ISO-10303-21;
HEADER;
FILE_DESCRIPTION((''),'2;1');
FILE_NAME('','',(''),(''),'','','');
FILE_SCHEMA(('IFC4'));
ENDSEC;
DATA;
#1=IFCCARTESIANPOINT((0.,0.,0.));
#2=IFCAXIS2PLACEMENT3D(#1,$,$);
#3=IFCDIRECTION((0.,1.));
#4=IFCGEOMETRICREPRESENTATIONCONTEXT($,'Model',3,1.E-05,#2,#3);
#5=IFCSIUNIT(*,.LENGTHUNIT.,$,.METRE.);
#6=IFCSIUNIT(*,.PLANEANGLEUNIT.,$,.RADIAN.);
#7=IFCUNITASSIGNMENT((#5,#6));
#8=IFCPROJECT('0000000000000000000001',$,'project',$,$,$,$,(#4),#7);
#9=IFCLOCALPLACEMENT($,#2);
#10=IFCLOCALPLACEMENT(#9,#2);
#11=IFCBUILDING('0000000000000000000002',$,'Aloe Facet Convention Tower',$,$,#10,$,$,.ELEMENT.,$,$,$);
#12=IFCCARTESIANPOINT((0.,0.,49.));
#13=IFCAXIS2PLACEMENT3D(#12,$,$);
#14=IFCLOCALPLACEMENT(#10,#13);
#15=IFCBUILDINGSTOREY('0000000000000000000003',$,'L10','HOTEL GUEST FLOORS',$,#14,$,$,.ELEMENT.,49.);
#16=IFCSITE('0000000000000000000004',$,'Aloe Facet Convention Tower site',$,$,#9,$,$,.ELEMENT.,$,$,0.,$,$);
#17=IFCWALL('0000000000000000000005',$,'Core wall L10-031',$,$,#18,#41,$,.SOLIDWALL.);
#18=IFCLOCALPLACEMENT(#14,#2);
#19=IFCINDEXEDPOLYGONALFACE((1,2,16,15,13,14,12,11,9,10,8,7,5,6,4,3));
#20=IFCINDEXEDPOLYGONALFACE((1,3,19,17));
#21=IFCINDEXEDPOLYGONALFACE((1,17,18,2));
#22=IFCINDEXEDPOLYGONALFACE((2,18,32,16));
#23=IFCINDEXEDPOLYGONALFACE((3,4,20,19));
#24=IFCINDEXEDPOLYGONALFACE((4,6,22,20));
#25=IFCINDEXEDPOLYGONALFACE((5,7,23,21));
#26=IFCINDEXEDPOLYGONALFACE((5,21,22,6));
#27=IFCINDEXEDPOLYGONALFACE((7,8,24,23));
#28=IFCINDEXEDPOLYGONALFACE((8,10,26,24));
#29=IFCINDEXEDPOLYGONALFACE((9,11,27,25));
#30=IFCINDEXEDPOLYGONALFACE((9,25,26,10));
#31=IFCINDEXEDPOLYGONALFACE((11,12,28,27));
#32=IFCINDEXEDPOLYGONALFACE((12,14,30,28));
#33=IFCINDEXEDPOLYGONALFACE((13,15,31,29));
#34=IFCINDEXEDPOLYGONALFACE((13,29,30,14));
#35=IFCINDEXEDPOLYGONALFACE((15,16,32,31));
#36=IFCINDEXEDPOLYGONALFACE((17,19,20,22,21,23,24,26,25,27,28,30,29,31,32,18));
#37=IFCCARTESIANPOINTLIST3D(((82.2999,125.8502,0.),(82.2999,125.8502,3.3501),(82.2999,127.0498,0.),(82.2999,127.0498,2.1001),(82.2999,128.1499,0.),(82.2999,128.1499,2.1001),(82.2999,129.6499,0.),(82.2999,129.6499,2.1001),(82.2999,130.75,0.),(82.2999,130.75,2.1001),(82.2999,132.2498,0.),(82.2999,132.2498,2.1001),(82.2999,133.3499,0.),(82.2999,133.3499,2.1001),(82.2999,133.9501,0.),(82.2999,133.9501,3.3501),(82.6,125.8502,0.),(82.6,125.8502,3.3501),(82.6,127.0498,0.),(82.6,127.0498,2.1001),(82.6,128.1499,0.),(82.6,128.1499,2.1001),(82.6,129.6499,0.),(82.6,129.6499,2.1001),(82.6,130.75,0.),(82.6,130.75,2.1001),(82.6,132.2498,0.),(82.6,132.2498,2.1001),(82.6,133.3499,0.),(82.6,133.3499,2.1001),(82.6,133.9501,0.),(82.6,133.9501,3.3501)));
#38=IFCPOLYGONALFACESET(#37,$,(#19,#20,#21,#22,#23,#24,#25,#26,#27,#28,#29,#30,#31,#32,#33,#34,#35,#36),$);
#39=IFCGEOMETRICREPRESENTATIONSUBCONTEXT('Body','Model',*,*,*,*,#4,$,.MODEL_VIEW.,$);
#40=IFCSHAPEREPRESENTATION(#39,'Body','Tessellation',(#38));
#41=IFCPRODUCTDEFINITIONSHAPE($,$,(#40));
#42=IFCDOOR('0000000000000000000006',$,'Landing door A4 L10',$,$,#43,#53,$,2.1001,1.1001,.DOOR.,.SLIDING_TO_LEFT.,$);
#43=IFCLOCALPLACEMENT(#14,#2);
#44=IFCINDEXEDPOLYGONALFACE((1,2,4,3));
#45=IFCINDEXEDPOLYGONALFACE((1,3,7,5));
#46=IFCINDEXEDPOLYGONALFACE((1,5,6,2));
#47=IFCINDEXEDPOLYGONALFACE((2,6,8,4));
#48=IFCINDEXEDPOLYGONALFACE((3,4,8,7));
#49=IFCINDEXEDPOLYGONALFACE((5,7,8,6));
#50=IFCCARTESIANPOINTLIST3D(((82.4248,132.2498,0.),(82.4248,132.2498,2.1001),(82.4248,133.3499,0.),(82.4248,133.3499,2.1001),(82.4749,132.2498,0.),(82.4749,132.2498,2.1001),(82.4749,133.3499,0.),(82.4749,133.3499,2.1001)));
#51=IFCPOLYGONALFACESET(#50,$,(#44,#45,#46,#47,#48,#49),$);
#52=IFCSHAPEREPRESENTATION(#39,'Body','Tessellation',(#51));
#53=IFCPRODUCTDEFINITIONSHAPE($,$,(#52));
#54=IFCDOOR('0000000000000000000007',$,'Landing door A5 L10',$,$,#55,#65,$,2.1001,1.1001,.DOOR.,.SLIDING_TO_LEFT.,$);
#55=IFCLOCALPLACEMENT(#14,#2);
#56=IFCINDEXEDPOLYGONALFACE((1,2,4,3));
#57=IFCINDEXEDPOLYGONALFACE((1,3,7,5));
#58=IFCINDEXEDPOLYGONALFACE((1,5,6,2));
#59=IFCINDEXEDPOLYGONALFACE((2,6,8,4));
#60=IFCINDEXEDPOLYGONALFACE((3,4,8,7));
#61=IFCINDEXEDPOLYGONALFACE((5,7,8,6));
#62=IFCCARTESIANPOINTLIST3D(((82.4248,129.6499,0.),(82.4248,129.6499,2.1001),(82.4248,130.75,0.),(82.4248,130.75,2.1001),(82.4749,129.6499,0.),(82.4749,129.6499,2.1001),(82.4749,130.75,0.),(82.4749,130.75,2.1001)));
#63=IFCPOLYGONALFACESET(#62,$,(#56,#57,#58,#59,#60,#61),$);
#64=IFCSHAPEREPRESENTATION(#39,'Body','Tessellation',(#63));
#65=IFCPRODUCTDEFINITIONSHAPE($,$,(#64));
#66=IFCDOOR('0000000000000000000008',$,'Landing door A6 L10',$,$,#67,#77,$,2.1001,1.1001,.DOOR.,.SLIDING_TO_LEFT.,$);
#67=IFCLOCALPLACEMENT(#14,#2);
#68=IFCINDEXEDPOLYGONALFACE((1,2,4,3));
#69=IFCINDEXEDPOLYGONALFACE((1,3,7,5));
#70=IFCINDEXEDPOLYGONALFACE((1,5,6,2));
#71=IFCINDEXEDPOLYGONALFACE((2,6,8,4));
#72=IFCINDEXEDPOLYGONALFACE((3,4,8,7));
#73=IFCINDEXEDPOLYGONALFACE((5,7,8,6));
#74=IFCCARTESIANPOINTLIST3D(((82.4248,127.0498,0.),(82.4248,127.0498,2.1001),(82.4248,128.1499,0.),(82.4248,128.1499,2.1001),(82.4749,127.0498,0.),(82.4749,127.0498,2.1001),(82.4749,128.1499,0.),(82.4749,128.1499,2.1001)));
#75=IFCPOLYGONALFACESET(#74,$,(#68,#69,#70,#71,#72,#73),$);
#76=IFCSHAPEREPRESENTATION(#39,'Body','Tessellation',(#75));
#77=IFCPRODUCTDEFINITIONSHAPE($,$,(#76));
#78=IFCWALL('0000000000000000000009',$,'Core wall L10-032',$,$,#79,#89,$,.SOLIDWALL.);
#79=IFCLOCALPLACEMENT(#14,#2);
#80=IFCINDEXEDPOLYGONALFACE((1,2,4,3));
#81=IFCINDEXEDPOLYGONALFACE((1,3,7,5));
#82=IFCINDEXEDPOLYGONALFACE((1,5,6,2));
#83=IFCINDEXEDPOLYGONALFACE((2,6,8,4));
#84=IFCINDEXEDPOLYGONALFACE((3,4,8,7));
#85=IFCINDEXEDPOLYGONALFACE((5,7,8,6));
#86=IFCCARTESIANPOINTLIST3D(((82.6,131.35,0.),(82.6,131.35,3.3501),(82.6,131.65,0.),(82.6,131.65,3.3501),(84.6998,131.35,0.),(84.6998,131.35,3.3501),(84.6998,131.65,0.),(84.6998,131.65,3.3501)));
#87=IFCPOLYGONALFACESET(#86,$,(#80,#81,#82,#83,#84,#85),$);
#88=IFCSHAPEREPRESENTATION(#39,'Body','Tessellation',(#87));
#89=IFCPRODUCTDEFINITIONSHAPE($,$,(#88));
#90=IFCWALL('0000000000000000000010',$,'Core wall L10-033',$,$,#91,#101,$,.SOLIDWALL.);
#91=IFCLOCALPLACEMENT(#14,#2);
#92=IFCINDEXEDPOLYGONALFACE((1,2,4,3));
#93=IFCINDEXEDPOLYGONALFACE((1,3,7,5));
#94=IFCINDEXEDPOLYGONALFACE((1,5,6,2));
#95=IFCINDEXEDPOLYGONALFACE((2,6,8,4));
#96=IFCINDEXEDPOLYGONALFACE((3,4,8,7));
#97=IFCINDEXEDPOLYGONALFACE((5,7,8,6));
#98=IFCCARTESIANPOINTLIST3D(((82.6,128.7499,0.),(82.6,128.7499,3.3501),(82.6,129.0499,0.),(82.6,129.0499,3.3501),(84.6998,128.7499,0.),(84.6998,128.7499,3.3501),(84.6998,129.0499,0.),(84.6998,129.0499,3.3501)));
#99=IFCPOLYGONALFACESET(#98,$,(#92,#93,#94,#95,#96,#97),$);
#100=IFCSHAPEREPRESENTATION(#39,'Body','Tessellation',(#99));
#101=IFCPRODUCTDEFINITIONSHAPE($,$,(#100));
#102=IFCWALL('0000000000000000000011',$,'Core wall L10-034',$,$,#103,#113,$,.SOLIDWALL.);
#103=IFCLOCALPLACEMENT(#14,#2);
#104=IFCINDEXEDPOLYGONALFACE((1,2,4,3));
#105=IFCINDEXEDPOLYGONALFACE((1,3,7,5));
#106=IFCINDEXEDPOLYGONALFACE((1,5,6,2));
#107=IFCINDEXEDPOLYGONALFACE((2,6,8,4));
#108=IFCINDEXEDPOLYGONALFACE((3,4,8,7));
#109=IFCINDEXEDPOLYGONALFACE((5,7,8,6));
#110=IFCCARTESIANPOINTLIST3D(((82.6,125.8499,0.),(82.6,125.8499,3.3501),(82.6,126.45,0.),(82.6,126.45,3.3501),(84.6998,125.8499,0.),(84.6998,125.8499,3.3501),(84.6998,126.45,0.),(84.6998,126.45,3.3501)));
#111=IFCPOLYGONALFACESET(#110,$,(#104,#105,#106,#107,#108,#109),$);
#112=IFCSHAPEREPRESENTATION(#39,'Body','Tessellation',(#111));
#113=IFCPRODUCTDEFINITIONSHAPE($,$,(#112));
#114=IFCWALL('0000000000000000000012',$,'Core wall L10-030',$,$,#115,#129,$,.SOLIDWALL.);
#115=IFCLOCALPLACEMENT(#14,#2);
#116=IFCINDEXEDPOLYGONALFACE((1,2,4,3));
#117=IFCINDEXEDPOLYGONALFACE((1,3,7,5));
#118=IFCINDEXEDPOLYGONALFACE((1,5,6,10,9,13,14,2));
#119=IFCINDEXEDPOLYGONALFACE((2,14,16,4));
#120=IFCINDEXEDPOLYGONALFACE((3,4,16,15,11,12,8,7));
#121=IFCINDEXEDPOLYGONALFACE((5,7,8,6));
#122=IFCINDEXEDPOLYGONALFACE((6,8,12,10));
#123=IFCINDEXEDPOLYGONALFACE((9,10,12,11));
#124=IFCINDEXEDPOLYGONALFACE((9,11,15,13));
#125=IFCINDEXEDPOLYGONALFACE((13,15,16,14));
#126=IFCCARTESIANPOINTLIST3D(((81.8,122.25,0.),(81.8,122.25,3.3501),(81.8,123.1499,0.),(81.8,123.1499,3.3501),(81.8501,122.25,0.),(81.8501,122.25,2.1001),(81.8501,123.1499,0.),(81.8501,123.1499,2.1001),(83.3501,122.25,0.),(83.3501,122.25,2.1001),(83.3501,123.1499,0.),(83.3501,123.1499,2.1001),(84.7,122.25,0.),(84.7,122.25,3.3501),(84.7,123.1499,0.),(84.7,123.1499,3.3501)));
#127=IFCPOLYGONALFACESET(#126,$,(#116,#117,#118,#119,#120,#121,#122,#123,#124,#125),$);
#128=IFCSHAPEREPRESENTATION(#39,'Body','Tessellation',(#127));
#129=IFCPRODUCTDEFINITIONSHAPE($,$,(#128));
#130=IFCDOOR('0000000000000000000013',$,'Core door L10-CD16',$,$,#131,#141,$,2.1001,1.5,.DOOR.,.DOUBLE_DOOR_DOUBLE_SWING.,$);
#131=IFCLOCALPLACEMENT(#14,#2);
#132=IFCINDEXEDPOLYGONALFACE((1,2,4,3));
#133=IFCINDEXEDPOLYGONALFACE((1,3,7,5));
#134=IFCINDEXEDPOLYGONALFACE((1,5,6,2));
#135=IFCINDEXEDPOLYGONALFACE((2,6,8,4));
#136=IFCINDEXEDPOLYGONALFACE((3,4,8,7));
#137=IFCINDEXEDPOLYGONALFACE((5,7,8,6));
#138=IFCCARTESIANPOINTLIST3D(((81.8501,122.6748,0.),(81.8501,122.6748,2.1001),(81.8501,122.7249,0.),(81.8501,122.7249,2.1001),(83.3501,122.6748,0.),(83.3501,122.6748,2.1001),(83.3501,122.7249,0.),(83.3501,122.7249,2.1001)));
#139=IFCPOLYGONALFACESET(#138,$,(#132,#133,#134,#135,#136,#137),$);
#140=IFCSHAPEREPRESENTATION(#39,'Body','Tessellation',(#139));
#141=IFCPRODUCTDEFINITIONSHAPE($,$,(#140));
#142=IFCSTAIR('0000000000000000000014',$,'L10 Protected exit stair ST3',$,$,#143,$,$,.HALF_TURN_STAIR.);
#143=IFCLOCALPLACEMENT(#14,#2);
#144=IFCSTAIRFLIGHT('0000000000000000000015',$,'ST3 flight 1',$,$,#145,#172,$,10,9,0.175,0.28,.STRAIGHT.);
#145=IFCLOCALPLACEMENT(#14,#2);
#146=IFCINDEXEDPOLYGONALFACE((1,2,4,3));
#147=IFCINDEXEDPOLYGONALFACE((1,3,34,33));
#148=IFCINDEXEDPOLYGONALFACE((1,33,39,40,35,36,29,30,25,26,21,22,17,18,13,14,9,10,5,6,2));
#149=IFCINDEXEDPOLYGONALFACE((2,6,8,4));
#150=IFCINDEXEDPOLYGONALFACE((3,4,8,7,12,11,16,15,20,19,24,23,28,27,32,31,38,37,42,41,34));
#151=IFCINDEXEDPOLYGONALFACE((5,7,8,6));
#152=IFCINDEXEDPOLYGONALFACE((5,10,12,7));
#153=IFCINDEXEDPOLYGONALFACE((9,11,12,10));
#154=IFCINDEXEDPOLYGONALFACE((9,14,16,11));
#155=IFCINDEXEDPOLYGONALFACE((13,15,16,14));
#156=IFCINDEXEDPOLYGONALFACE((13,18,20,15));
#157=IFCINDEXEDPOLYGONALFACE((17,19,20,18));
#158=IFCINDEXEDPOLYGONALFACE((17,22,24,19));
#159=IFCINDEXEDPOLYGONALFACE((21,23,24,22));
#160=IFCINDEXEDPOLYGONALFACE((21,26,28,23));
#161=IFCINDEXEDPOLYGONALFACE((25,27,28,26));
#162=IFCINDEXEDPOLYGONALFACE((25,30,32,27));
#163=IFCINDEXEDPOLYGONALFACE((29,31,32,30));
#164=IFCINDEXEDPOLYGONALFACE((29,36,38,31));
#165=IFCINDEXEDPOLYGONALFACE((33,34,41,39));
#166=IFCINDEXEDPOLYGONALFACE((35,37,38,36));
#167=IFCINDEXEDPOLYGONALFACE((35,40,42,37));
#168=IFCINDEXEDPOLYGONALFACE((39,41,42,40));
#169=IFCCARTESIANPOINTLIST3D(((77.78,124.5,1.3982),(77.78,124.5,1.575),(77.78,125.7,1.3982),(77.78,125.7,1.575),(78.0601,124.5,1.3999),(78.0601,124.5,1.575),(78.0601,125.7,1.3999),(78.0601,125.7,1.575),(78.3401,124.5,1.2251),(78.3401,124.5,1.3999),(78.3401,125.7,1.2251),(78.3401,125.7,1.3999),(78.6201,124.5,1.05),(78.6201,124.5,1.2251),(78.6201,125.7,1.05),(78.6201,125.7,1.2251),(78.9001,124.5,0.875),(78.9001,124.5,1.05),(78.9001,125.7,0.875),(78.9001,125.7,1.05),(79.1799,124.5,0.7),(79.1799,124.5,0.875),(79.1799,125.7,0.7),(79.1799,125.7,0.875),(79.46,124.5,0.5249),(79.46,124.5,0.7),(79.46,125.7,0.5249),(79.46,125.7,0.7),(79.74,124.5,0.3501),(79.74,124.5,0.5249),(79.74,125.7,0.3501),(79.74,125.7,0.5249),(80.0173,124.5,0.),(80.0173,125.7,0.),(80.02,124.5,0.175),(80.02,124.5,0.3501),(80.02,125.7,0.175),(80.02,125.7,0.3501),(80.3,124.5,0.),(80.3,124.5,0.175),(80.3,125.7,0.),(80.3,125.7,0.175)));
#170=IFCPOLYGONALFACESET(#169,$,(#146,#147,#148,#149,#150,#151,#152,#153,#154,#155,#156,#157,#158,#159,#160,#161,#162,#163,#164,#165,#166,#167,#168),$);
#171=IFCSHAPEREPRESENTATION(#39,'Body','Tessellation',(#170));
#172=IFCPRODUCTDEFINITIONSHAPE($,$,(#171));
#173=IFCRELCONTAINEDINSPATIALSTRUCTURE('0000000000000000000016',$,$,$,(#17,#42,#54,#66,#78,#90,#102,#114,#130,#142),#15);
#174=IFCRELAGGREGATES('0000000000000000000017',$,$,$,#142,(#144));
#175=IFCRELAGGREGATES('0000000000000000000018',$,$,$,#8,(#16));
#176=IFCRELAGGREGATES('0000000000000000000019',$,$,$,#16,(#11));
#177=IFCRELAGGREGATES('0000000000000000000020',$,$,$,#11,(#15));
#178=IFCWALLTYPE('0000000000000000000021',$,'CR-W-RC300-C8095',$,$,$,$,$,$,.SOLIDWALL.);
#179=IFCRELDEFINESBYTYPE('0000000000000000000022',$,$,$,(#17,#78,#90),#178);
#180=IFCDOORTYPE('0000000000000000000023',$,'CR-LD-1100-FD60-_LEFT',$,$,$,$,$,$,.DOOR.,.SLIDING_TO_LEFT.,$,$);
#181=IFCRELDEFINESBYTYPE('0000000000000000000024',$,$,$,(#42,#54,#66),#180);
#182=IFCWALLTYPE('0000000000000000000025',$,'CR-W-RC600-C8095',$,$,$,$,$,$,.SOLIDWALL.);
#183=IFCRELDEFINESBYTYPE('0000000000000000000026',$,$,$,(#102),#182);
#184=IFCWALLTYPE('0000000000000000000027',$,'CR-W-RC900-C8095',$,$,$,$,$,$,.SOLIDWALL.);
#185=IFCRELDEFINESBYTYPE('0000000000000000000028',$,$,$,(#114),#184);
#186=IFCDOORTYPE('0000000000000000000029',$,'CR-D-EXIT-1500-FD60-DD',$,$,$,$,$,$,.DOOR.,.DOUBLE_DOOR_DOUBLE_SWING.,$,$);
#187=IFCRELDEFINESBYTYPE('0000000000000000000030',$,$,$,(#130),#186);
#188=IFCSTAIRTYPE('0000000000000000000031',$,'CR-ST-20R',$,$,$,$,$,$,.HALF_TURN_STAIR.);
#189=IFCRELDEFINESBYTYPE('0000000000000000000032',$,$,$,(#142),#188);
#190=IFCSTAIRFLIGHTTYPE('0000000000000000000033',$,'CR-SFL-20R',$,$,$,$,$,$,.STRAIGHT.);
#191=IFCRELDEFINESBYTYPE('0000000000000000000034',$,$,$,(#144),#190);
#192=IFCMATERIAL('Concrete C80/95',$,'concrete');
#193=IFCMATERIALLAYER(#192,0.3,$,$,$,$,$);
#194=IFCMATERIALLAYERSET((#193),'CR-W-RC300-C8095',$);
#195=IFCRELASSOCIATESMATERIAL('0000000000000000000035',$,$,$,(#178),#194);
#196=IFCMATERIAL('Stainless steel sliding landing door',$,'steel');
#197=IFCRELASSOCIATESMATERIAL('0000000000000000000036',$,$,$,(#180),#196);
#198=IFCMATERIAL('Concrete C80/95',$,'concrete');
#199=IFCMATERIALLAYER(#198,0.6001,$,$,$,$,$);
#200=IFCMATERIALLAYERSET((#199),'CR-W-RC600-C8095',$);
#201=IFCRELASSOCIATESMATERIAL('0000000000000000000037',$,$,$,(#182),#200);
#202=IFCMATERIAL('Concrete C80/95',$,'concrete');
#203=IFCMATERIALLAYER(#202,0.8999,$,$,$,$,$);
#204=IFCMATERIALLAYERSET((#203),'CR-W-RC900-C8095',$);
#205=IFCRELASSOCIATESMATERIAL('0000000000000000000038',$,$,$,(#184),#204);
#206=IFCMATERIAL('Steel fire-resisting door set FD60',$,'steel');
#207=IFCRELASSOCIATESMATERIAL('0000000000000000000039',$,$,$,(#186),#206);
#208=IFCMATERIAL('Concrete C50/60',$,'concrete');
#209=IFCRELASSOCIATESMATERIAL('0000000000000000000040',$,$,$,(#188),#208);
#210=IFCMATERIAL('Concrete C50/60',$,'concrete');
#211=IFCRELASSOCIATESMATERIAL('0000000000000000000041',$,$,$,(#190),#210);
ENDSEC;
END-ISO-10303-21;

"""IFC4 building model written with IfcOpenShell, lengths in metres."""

from ifc_helpers import new_model, si_unit, direction, frame, frame_2d, origin, place, context, subcontext, project, spatial, polyline, rectangle, outline, extrude, material, layer, layer_set, type_object, element, fill, aggregate, save


model = new_model("IFC4")

# Units and contexts
model_context = context("Model", 3, precision=1e-05, world=origin(), true_north=direction((0.0, 1.0)))
body_context = subcontext(model_context, "Body", "Model", "MODEL_VIEW")
ifc_project = project(units=[si_unit("LENGTHUNIT", "METRE"), si_unit("PLANEANGLEUNIT", "RADIAN")], contexts=[model_context])

# Site, building, storey
site_placement = place(None, origin())
site = spatial("IfcSite", under=ifc_project, at=site_placement, Name="Aloe Facet Convention Tower site", CompositionType="ELEMENT", RefElevation=0.0)
building_placement = place(site_placement, origin())
building = spatial("IfcBuilding", under=site, at=building_placement, Name="Aloe Facet Convention Tower", CompositionType="ELEMENT")
storey_placement = place(building_placement, frame((0.0, 0.0, 49.0)))
storey = spatial("IfcBuildingStorey", under=building, at=storey_placement, Name="L10", Description="HOTEL GUEST FLOORS", CompositionType="ELEMENT", Elevation=49.0)

# Shared definitions
ifc_material_1 = material(Name="Concrete C80/95", Category="concrete")
ifc_layer_1 = layer(ifc_material_1, 0.3)
ifc_layer_set_1 = layer_set([ifc_layer_1], Name="CR-W-RC300-C8095")
wall_type_1 = type_object("IfcWallType", Name="CR-W-RC300-C8095", PredefinedType="SOLIDWALL", material=ifc_layer_set_1)

# Wall, openings, doors
wall_1_placement = place(storey_placement, frame((82.45, 133.95, 0.0), z_axis=(0.0, 0.0, 1.0), x_axis=(0.0, -1.0, 0.0)))
wall_1 = element("IfcWall", 1, at=wall_1_placement, inside=storey, type_object=wall_type_1, Name="Core wall L10-031", PredefinedType="SOLIDWALL", context=body_context, shape_type="SweptSolid", body=[
    extrude(rectangle(XDim=8.0999, YDim=0.3, at=frame_2d((4.0498, 0.0))), origin(), (0.0, 0.0, 1.0), 3.3501),
])
opening_1_placement = place(wall_1_placement, frame((0.6001, 0.0, 0.0)))
opening_1 = element("IfcOpeningElement", 2, at=opening_1_placement, cuts=wall_1, PredefinedType="OPENING", context=body_context, shape_type="SweptSolid", body=[
    extrude(rectangle(XDim=1.1001, YDim=2.1001, at=frame_2d((0.55, 1.05))), frame((0.0, 0.1602, 0.0), z_axis=(0.0, -1.0, 0.0), x_axis=(1.0, 0.0, 0.0)), (0.0, 0.0, 1.0), 0.3201),
])
opening_2_placement = place(wall_1_placement, frame((3.2, 0.0, 0.0)))
opening_2 = element("IfcOpeningElement", 3, at=opening_2_placement, cuts=wall_1, PredefinedType="OPENING", context=body_context, shape_type="SweptSolid", body=[
    extrude(rectangle(XDim=1.1001, YDim=2.1001, at=frame_2d((0.55, 1.05))), frame((0.0, 0.1602, 0.0), z_axis=(0.0, -1.0, 0.0), x_axis=(1.0, 0.0, 0.0)), (0.0, 0.0, 1.0), 0.3201),
])
opening_3_placement = place(wall_1_placement, frame((5.8, 0.0, 0.0)))
opening_3 = element("IfcOpeningElement", 4, at=opening_3_placement, cuts=wall_1, PredefinedType="OPENING", context=body_context, shape_type="SweptSolid", body=[
    extrude(rectangle(XDim=1.1001, YDim=2.1001, at=frame_2d((0.55, 1.05))), frame((0.0, 0.1602, 0.0), z_axis=(0.0, -1.0, 0.0), x_axis=(1.0, 0.0, 0.0)), (0.0, 0.0, 1.0), 0.3201),
])
ifc_material_2 = material(Name="Stainless steel sliding landing door", Category="steel")
door_type_1 = type_object("IfcDoorType", Name="CR-LD-1100-FD60-_LEFT", OperationType="SLIDING_TO_LEFT", PredefinedType="DOOR", material=ifc_material_2)
door_1_placement = place(opening_1_placement, origin())
door_1 = element("IfcDoor", 5, at=door_1_placement, inside=storey, type_object=door_type_1, Name="Landing door A4 L10", OperationType="SLIDING_TO_LEFT", OverallHeight=2.1001, OverallWidth=1.1001, PredefinedType="DOOR", context=body_context, shape_type="SweptSolid", body=[
    extrude(rectangle(XDim=1.1001, YDim=2.1001, at=frame_2d((0.55, 1.05))), frame((0.0, 0.0249, 0.0), z_axis=(0.0, -1.0, 0.0), x_axis=(1.0, 0.0, 0.0)), (0.0, 0.0, 1.0), 0.05),
])
fill(opening_1, door_1)
door_2_placement = place(opening_2_placement, origin())
door_2 = element("IfcDoor", 6, at=door_2_placement, inside=storey, type_object=door_type_1, Name="Landing door A5 L10", OperationType="SLIDING_TO_LEFT", OverallHeight=2.1001, OverallWidth=1.1001, PredefinedType="DOOR", context=body_context, shape_type="SweptSolid", body=[
    extrude(rectangle(XDim=1.1001, YDim=2.1001, at=frame_2d((0.55, 1.05))), frame((0.0, 0.0249, 0.0), z_axis=(0.0, -1.0, 0.0), x_axis=(1.0, 0.0, 0.0)), (0.0, 0.0, 1.0), 0.05),
])
fill(opening_2, door_2)
door_3_placement = place(opening_3_placement, origin())
door_3 = element("IfcDoor", 7, at=door_3_placement, inside=storey, type_object=door_type_1, Name="Landing door A6 L10", OperationType="SLIDING_TO_LEFT", OverallHeight=2.1001, OverallWidth=1.1001, PredefinedType="DOOR", context=body_context, shape_type="SweptSolid", body=[
    extrude(rectangle(XDim=1.1001, YDim=2.1001, at=frame_2d((0.55, 1.05))), frame((0.0, 0.0249, 0.0), z_axis=(0.0, -1.0, 0.0), x_axis=(1.0, 0.0, 0.0)), (0.0, 0.0, 1.0), 0.05),
])
fill(opening_3, door_3)

# Walls
for number, where, z_axis, x_axis, name in (
    (8, (82.6001, 131.5, 0.0), (0.0, 0.0, 1.0), (1.0, 0.0, 0.0), "Core wall L10-032"),
    (9, (82.6001, 128.8999, 0.0), (0.0, 0.0, 1.0), (1.0, 0.0, 0.0), "Core wall L10-033"),
):
    element("IfcWall", number, at=place(storey_placement, frame(where, z_axis=z_axis, x_axis=x_axis)), inside=storey, type_object=wall_type_1, Name=name, PredefinedType="SOLIDWALL", context=body_context, shape_type="SweptSolid", body=[
        extrude(rectangle(XDim=2.0999, YDim=0.3, at=frame_2d((1.0498, 0.0))), origin(), (0.0, 0.0, 1.0), 3.3501),
    ])
ifc_material_3 = material(Name="Concrete C80/95", Category="concrete")
ifc_layer_2 = layer(ifc_material_3, 0.6001)
ifc_layer_set_2 = layer_set([ifc_layer_2], Name="CR-W-RC600-C8095")
wall_type_2 = type_object("IfcWallType", Name="CR-W-RC600-C8095", PredefinedType="SOLIDWALL", material=ifc_layer_set_2)
wall_2_placement = place(storey_placement, frame((82.6001, 126.1499, 0.0), z_axis=(0.0, 0.0, 1.0), x_axis=(1.0, 0.0, 0.0)))
element("IfcWall", 10, at=wall_2_placement, inside=storey, type_object=wall_type_2, Name="Core wall L10-034", PredefinedType="SOLIDWALL", context=body_context, shape_type="SweptSolid", body=[
    extrude(rectangle(XDim=2.0999, YDim=0.6001, at=frame_2d((1.0498, 0.0))), origin(), (0.0, 0.0, 1.0), 3.3501),
])

# Wall, opening, door
ifc_material_4 = material(Name="Concrete C80/95", Category="concrete")
ifc_layer_3 = layer(ifc_material_4, 0.8999)
ifc_layer_set_3 = layer_set([ifc_layer_3], Name="CR-W-RC900-C8095")
wall_type_3 = type_object("IfcWallType", Name="CR-W-RC900-C8095", PredefinedType="SOLIDWALL", material=ifc_layer_set_3)
wall_3_placement = place(storey_placement, frame((81.8, 122.7, 0.0), z_axis=(0.0, 0.0, 1.0), x_axis=(1.0, 0.0, 0.0)))
wall_3 = element("IfcWall", 11, at=wall_3_placement, inside=storey, type_object=wall_type_3, Name="Core wall L10-030", PredefinedType="SOLIDWALL", context=body_context, shape_type="SweptSolid", body=[
    extrude(rectangle(XDim=2.8999, YDim=0.8999, at=frame_2d((1.45, 0.0))), origin(), (0.0, 0.0, 1.0), 3.3501),
])
opening_4_placement = place(wall_3_placement, frame((0.05, 0.0, 0.0)))
opening_4 = element("IfcOpeningElement", 12, at=opening_4_placement, cuts=wall_3, PredefinedType="OPENING", context=body_context, shape_type="SweptSolid", body=[
    extrude(rectangle(XDim=1.5, YDim=2.1001, at=frame_2d((0.75, 1.05))), frame((0.0, 0.46, 0.0), z_axis=(0.0, -1.0, 0.0), x_axis=(1.0, 0.0, 0.0)), (0.0, 0.0, 1.0), 0.9199),
])
ifc_material_5 = material(Name="Steel fire-resisting door set FD60", Category="steel")
door_type_2 = type_object("IfcDoorType", Name="CR-D-EXIT-1500-FD60-DD", OperationType="DOUBLE_DOOR_DOUBLE_SWING", PredefinedType="DOOR", material=ifc_material_5)
door_4_placement = place(opening_4_placement, origin())
door_4 = element("IfcDoor", 13, at=door_4_placement, inside=storey, type_object=door_type_2, Name="Core door L10-CD16", OperationType="DOUBLE_DOOR_DOUBLE_SWING", OverallHeight=2.1001, OverallWidth=1.5, PredefinedType="DOOR", context=body_context, shape_type="SweptSolid", body=[
    extrude(rectangle(XDim=1.5, YDim=2.1001, at=frame_2d((0.75, 1.05))), frame((0.0, 0.0249, 0.0), z_axis=(0.0, -1.0, 0.0), x_axis=(1.0, 0.0, 0.0)), (0.0, 0.0, 1.0), 0.05),
])
fill(opening_4, door_4)

# Stair, stair flight
ifc_material_6 = material(Name="Concrete C50/60", Category="concrete")
stair_type = type_object("IfcStairType", Name="CR-ST-20R", PredefinedType="HALF_TURN_STAIR", material=ifc_material_6)
stair_placement = place(storey_placement, origin())
stair = element("IfcStair", 14, at=stair_placement, inside=storey, type_object=stair_type, Name="L10 Protected exit stair ST3", PredefinedType="HALF_TURN_STAIR")
ifc_material_7 = material(Name="Concrete C50/60", Category="concrete")
stair_flight_type = type_object("IfcStairFlightType", Name="CR-SFL-20R", PredefinedType="STRAIGHT", material=ifc_material_7)
stair_flight_1_placement = place(storey_placement, frame((80.3, 125.1001, 0.0), z_axis=(0.0, 0.0, 1.0), x_axis=(-1.0, 0.0, 0.0)))
stair_flight_1 = element("IfcStairFlight", 15, at=stair_flight_1_placement, type_object=stair_flight_type, Name="ST3 flight 1", NumberOfRisers=10, NumberOfTreads=9, PredefinedType="STRAIGHT", RiserHeight=0.175, TreadLength=0.28, context=body_context, shape_type="SweptSolid", body=[
    extrude(outline(polyline([(0.0, 0.0), (0.0, 0.175), (0.28, 0.175), (0.28, 0.3501), (0.5601, 0.3501), (0.5601, 0.5249), (0.8401, 0.5249), (0.8401, 0.7), (1.1201, 0.7), (1.1201, 0.875), (1.3999, 0.875), (1.3999, 1.05), (1.6799, 1.05), (1.6799, 1.2251), (1.96, 1.2251), (1.96, 1.3999), (2.24, 1.3999), (2.24, 1.575), (2.52, 1.575), (2.52, 1.75), (2.52, 1.3982), (0.2827, 0.0), (0.0, 0.0)])), frame((0.0, 0.6001, 0.0), z_axis=(0.0, -1.0, 0.0), x_axis=(1.0, 0.0, 0.0)), (0.0, 0.0, 1.0), 1.2),
])
aggregate(stair, [stair_flight_1])

save(model, "model.ifc")
